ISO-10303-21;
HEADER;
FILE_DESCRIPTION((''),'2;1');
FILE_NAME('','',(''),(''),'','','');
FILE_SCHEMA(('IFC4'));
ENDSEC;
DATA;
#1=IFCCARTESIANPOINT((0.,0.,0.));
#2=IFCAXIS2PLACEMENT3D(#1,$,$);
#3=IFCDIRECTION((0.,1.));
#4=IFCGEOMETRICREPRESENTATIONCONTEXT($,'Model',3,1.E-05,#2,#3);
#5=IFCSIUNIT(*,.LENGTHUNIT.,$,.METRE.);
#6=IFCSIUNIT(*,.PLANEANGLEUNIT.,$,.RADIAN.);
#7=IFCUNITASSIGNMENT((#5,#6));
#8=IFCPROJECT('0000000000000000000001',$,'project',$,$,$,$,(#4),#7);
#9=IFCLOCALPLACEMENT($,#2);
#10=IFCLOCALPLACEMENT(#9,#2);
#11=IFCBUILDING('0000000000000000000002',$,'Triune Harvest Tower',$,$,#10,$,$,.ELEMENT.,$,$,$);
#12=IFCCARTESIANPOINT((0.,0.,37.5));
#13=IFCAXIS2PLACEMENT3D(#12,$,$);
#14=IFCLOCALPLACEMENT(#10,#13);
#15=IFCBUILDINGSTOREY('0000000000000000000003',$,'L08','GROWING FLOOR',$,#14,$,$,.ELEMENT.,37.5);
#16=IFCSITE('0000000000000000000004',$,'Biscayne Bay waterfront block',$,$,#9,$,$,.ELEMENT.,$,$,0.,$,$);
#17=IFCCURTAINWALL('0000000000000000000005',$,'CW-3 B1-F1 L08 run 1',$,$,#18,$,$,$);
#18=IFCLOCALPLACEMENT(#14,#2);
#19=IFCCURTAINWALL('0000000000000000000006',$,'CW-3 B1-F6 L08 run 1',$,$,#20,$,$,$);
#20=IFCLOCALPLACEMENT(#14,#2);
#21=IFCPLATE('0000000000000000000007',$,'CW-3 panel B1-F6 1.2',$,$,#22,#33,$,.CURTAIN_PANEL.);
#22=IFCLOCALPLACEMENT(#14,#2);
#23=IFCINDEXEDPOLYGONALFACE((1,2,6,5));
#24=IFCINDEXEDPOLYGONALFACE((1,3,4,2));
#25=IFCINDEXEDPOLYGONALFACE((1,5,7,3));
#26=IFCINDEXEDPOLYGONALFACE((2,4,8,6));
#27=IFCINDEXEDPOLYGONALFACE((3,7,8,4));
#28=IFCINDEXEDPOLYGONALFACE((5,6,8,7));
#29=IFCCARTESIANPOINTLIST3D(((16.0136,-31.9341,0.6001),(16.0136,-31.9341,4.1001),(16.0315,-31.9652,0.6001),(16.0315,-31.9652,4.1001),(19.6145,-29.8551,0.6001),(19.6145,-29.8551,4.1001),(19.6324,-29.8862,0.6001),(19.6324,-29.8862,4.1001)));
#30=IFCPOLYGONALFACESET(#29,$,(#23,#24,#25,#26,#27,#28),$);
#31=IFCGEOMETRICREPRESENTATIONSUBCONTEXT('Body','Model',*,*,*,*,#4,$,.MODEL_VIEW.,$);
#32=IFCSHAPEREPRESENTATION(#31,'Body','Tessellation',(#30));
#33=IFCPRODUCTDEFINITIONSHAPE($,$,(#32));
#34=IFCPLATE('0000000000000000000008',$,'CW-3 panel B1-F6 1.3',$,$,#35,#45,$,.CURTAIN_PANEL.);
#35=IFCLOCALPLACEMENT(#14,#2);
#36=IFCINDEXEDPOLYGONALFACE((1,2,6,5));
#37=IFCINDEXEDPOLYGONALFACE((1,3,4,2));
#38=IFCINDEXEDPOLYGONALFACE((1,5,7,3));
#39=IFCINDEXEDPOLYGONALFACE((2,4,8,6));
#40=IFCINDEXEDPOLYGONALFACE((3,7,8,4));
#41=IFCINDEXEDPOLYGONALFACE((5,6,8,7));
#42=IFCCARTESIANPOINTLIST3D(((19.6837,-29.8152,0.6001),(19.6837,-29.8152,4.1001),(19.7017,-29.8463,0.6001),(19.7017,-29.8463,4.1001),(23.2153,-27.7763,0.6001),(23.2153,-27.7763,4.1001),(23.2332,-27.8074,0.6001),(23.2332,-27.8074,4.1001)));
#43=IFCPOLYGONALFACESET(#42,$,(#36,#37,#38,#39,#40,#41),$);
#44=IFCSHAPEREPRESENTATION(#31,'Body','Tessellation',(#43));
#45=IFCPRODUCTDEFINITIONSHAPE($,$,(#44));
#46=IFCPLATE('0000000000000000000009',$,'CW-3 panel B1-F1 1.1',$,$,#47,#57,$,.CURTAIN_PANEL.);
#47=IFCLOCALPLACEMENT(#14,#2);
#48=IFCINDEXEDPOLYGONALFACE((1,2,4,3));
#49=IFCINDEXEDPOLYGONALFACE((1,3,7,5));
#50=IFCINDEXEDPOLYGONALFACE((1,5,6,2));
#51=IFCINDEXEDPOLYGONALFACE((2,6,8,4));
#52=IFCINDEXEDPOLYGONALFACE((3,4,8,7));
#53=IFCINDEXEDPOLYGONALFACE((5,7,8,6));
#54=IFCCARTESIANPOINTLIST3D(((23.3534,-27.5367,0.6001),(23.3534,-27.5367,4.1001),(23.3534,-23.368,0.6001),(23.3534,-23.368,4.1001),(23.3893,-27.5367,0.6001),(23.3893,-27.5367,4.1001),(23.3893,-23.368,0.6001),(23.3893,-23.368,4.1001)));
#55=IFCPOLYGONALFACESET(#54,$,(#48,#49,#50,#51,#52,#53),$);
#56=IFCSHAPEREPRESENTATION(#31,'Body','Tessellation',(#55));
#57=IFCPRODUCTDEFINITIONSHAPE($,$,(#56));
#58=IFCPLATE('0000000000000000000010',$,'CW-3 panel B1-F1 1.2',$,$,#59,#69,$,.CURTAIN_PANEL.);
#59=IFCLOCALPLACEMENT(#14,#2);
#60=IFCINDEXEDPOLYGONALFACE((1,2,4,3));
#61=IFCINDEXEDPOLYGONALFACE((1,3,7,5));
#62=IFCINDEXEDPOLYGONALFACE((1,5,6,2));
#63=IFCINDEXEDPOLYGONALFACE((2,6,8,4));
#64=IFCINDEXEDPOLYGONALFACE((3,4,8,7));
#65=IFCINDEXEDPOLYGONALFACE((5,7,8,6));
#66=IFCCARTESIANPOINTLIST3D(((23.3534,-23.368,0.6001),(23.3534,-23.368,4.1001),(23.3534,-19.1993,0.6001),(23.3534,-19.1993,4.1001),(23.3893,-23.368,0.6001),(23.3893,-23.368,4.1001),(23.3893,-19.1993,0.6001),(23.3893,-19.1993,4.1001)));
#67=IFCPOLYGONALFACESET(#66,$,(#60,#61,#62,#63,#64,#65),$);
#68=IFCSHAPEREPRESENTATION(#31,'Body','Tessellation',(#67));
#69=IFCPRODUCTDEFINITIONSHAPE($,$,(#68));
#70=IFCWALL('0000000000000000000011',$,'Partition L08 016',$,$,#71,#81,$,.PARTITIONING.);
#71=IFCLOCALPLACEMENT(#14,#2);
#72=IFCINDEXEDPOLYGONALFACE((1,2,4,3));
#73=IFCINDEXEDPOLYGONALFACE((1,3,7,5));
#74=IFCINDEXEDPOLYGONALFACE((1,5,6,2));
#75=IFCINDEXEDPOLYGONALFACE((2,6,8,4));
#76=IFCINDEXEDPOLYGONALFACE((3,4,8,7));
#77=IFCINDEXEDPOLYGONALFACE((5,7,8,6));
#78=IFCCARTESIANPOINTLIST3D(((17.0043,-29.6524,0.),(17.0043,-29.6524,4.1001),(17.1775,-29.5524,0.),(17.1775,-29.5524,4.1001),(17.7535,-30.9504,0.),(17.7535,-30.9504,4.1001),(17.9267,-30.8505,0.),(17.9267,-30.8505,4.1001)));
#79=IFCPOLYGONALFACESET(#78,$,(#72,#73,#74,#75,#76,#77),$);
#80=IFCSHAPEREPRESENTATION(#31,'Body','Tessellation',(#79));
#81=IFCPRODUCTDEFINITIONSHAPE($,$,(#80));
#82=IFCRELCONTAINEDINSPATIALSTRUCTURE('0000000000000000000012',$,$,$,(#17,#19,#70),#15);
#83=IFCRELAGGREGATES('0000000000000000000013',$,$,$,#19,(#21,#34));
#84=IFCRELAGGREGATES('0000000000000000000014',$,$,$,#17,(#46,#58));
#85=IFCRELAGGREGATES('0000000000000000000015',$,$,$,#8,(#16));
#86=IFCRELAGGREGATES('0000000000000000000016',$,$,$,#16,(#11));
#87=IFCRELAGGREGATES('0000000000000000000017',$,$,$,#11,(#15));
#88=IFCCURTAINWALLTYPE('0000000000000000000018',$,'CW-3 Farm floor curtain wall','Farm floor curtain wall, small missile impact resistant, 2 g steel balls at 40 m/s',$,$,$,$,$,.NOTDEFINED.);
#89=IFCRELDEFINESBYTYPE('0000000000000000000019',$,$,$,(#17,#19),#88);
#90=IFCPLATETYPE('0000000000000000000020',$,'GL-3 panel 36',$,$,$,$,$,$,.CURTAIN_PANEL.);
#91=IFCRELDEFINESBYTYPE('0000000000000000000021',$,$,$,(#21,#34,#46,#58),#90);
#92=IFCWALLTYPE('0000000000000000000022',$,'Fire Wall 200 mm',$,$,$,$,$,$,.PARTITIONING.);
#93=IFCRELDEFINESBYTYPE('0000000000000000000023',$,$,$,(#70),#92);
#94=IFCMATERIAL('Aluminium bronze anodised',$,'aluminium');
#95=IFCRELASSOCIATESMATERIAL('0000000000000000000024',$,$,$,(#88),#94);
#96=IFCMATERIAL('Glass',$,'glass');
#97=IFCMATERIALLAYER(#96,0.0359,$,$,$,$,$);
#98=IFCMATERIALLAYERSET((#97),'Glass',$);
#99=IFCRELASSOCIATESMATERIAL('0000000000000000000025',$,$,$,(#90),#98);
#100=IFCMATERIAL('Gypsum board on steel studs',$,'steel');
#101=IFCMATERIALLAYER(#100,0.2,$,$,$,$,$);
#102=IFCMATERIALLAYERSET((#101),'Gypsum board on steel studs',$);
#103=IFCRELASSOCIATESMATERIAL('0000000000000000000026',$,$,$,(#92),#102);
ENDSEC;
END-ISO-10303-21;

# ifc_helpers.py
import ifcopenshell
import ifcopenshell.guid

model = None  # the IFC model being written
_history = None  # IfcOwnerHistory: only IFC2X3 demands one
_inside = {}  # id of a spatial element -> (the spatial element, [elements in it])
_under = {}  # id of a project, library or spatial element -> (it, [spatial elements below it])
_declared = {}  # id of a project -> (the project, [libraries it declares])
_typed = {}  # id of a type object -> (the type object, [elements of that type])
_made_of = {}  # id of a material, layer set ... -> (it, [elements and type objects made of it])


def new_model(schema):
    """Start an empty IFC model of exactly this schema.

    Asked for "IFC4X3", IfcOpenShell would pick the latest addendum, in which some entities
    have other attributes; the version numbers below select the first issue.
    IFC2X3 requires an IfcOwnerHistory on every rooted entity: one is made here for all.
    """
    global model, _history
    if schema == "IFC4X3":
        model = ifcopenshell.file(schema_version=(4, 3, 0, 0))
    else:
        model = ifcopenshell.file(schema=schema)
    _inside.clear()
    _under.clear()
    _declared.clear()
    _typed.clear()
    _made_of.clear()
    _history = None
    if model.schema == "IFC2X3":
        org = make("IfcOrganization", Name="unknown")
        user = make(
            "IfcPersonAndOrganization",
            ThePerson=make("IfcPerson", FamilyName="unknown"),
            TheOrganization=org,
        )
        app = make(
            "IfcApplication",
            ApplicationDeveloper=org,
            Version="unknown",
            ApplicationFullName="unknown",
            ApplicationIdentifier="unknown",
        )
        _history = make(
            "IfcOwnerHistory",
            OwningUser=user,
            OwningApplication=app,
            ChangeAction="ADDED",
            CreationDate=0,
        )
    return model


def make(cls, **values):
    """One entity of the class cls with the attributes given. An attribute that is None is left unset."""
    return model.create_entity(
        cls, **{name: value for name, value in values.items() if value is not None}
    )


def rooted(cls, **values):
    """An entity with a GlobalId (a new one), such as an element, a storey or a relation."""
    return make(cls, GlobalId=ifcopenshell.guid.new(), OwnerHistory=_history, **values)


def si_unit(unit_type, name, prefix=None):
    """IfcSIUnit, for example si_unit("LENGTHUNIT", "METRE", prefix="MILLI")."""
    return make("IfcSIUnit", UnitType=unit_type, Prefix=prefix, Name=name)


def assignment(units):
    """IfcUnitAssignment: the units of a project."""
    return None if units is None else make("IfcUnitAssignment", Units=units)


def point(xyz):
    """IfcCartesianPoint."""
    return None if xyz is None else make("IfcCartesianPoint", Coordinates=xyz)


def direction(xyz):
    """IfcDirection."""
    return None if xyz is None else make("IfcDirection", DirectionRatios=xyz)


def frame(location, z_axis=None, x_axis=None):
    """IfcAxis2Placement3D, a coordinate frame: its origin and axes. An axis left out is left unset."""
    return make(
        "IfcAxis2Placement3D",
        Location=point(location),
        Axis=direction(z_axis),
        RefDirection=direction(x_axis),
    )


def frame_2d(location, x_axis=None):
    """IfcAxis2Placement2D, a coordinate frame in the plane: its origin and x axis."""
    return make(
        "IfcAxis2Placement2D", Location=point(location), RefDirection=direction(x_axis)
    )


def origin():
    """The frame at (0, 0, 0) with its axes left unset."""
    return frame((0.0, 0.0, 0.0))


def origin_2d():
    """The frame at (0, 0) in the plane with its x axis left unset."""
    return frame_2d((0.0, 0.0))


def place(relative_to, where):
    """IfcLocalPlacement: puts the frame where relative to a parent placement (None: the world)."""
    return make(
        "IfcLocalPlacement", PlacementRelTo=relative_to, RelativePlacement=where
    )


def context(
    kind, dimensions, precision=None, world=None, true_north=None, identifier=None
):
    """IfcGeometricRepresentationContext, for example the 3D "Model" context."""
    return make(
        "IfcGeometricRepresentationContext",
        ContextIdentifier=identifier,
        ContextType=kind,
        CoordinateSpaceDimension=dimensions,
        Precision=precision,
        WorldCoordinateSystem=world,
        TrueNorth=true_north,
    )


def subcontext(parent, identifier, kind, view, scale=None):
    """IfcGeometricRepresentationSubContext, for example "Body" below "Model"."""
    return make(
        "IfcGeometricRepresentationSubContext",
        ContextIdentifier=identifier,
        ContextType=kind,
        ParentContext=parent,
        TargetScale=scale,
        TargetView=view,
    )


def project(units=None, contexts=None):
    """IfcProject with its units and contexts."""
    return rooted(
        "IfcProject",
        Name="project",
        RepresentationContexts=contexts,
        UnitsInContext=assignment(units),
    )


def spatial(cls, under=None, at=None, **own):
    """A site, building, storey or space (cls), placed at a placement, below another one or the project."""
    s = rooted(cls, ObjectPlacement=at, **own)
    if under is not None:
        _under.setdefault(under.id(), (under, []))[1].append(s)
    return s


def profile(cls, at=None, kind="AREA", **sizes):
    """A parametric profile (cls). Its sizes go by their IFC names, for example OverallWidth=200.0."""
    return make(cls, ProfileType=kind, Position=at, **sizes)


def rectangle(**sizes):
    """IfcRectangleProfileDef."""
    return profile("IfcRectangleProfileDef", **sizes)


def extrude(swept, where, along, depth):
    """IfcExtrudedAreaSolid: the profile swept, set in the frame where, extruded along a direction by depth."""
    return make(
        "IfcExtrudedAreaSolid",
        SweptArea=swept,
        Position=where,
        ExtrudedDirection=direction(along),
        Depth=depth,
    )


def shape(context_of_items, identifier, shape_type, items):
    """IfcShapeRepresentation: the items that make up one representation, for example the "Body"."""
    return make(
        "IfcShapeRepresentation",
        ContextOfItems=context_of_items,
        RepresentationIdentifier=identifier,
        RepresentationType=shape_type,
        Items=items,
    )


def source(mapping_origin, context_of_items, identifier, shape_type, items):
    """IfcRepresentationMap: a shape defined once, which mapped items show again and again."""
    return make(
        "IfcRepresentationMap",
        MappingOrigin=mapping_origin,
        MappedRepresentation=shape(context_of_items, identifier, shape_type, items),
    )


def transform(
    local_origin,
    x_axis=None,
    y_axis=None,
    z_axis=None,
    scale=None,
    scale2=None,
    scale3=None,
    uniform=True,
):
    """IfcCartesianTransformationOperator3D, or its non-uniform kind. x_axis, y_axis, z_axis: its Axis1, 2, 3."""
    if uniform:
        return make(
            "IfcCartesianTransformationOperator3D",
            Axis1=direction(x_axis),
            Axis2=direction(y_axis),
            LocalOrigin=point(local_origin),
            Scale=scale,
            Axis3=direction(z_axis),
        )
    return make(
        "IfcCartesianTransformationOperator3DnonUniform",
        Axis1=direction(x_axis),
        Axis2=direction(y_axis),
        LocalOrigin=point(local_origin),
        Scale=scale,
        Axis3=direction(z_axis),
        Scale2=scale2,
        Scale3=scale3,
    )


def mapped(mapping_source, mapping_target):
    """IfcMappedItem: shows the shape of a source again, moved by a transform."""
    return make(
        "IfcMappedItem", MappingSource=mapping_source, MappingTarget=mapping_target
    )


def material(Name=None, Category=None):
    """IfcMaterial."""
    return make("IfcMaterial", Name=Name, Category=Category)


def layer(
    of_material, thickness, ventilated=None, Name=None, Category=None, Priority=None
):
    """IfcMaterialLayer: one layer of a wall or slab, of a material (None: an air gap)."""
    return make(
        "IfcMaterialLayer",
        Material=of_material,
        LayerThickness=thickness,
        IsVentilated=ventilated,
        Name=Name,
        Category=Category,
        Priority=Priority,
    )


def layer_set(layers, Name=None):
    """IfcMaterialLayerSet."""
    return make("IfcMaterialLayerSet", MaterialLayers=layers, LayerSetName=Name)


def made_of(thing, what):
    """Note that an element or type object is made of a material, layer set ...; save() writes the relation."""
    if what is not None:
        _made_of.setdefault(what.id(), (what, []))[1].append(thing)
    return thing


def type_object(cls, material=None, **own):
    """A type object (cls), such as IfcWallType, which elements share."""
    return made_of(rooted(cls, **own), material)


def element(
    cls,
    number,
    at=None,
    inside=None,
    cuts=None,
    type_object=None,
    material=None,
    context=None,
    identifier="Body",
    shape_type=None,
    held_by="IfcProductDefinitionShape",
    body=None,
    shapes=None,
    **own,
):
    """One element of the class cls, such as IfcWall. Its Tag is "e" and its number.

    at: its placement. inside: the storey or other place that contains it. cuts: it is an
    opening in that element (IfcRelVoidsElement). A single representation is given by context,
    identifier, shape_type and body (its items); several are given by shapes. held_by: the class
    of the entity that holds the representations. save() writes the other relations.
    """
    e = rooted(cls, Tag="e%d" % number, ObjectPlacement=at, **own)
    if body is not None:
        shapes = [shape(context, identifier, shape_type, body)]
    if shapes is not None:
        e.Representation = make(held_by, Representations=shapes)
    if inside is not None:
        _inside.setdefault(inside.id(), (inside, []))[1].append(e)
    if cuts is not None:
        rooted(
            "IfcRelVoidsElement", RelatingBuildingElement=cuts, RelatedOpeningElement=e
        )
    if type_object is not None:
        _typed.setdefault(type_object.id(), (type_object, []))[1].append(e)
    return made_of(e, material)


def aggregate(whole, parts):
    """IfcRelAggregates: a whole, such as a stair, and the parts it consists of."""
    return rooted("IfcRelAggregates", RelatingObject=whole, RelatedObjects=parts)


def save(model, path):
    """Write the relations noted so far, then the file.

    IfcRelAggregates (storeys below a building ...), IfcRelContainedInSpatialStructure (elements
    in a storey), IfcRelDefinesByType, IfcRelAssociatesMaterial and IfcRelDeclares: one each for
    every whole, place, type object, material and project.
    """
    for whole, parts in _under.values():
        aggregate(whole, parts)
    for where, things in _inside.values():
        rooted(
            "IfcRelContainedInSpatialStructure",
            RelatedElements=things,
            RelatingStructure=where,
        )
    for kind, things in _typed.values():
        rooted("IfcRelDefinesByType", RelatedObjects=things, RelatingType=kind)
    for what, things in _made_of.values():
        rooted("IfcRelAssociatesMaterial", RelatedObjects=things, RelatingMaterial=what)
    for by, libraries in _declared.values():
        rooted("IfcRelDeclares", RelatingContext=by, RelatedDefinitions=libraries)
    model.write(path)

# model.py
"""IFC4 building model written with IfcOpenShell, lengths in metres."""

from ifc_helpers import new_model, si_unit, direction, frame, frame_2d, origin, origin_2d, place, context, subcontext, project, spatial, rectangle, extrude, source, transform, mapped, material, layer, layer_set, type_object, element, aggregate, save


model = new_model("IFC4")

# Units and contexts
model_context = context("Model", 3, precision=1e-05, world=origin(), true_north=direction((0.0, 1.0)))
body_context = subcontext(model_context, "Body", "Model", "MODEL_VIEW")
ifc_project = project(units=[si_unit("LENGTHUNIT", "METRE"), si_unit("PLANEANGLEUNIT", "RADIAN")], contexts=[model_context])

# Site, building, storey
site_placement = place(None, origin())
site = spatial("IfcSite", under=ifc_project, at=site_placement, Name="Biscayne Bay waterfront block", CompositionType="ELEMENT", RefElevation=0.0)
building_placement = place(site_placement, origin())
building = spatial("IfcBuilding", under=site, at=building_placement, Name="Triune Harvest Tower", CompositionType="ELEMENT")
storey_placement = place(building_placement, frame((0.0, 0.0, 37.5)))
storey = spatial("IfcBuildingStorey", under=building, at=storey_placement, Name="L08", Description="GROWING FLOOR", CompositionType="ELEMENT", Elevation=37.5)

# Curtain wall
ifc_material_1 = material(Name="Aluminium bronze anodised", Category="aluminium")
curtain_wall_type_1 = type_object("IfcCurtainWallType", Name="CW-3 Farm floor curtain wall", Description="Farm floor curtain wall, small missile impact resistant, 2 g steel balls at 40 m/s", PredefinedType="NOTDEFINED", material=ifc_material_1)
curtain_wall_1_placement = place(storey_placement, origin())
curtain_wall_1 = element("IfcCurtainWall", 1, at=curtain_wall_1_placement, inside=storey, type_object=curtain_wall_type_1, Name="CW-3 B1-F1 L08 run 1")

# Curtain wall
curtain_wall_2_placement = place(storey_placement, origin())
curtain_wall_2 = element("IfcCurtainWall", 2, at=curtain_wall_2_placement, inside=storey, type_object=curtain_wall_type_1, Name="CW-3 B1-F6 L08 run 1")

# Plates
ifc_material_2 = material(Name="Glass", Category="glass")
ifc_layer_1 = layer(ifc_material_2, 0.0359)
ifc_layer_set_1 = layer_set([ifc_layer_1], Name="Glass")
plate_type = type_object("IfcPlateType", Name="GL-3 panel 36", PredefinedType="CURTAIN_PANEL", material=ifc_layer_set_1)
shared_shape_1 = source(origin(), body_context, "Body", "SweptSolid", [
    extrude(rectangle(XDim=4.158, YDim=0.0359, at=origin_2d()), origin(), (0.0, 0.0, 1.0), 3.5),
])
plate_1_placement = place(storey_placement, frame((17.823, -30.9102, 0.6001), z_axis=(0.0, 0.0, 1.0), x_axis=(0.866026, 0.499999, 0.0)))
plate_1 = element("IfcPlate", 3, at=plate_1_placement, type_object=plate_type, Name="CW-3 panel B1-F6 1.2", PredefinedType="CURTAIN_PANEL", context=body_context, shape_type="MappedRepresentation", body=[
    mapped(shared_shape_1, transform((0.0, 0.0, 0.0), scale=1.0)),
])
shared_shape_2 = source(origin(), body_context, "Body", "SweptSolid", [
    extrude(rectangle(XDim=4.0779, YDim=0.0359, at=origin_2d()), origin(), (0.0, 0.0, 1.0), 3.5),
])
plate_2_placement = place(storey_placement, frame((21.4585, -28.8113, 0.6001), z_axis=(0.0, 0.0, 1.0), x_axis=(0.866026, 0.499999, 0.0)))
plate_2 = element("IfcPlate", 4, at=plate_2_placement, type_object=plate_type, Name="CW-3 panel B1-F6 1.3", PredefinedType="CURTAIN_PANEL", context=body_context, shape_type="MappedRepresentation", body=[
    mapped(shared_shape_2, transform((0.0, 0.0, 0.0), scale=1.0)),
])
aggregate(curtain_wall_2, [plate_1, plate_2])
shared_shape_3 = source(origin(), body_context, "Body", "SweptSolid", [
    extrude(rectangle(XDim=4.1687, YDim=0.0359, at=origin_2d()), origin(), (0.0, 0.0, 1.0), 3.5),
])
plate_3_placement = place(storey_placement, frame((23.3713, -25.4524, 0.6001), z_axis=(0.0, 0.0, 1.0), x_axis=(0.0, 1.0, 0.0)))
plate_3 = element("IfcPlate", 5, at=plate_3_placement, type_object=plate_type, Name="CW-3 panel B1-F1 1.1", PredefinedType="CURTAIN_PANEL", context=body_context, shape_type="MappedRepresentation", body=[
    mapped(shared_shape_3, transform((0.0, 0.0, 0.0), scale=1.0)),
])
plate_4_placement = place(storey_placement, frame((23.3713, -21.2837, 0.6001), z_axis=(0.0, 0.0, 1.0), x_axis=(0.0, 1.0, 0.0)))
plate_4 = element("IfcPlate", 6, at=plate_4_placement, type_object=plate_type, Name="CW-3 panel B1-F1 1.2", PredefinedType="CURTAIN_PANEL", context=body_context, shape_type="MappedRepresentation", body=[
    mapped(shared_shape_3, transform((0.0, 0.0, 0.0), scale=1.0)),
])
aggregate(curtain_wall_1, [plate_3, plate_4])

# Wall
ifc_material_3 = material(Name="Gypsum board on steel studs", Category="steel")
ifc_layer_2 = layer(ifc_material_3, 0.2)
ifc_layer_set_2 = layer_set([ifc_layer_2], Name="Gypsum board on steel studs")
wall_type = type_object("IfcWallType", Name="Fire Wall 200 mm", PredefinedType="PARTITIONING", material=ifc_layer_set_2)
shared_shape_4 = source(origin(), body_context, "Body", "SweptSolid", [
    extrude(rectangle(XDim=1.4988, YDim=0.2, at=frame_2d((0.7495, 0.0))), origin(), (0.0, 0.0, 1.0), 4.1001),
])
wall_placement = place(storey_placement, frame((17.0908, -29.6023, 0.0), z_axis=(0.0, 0.0, 1.0), x_axis=(0.499906, -0.86608, 0.0)))
element("IfcWall", 7, at=wall_placement, inside=storey, type_object=wall_type, Name="Partition L08 016", PredefinedType="PARTITIONING", context=body_context, shape_type="MappedRepresentation", body=[
    mapped(shared_shape_4, transform((0.0, 0.0, 0.0), scale=1.0)),
])

save(model, "model.ifc")
